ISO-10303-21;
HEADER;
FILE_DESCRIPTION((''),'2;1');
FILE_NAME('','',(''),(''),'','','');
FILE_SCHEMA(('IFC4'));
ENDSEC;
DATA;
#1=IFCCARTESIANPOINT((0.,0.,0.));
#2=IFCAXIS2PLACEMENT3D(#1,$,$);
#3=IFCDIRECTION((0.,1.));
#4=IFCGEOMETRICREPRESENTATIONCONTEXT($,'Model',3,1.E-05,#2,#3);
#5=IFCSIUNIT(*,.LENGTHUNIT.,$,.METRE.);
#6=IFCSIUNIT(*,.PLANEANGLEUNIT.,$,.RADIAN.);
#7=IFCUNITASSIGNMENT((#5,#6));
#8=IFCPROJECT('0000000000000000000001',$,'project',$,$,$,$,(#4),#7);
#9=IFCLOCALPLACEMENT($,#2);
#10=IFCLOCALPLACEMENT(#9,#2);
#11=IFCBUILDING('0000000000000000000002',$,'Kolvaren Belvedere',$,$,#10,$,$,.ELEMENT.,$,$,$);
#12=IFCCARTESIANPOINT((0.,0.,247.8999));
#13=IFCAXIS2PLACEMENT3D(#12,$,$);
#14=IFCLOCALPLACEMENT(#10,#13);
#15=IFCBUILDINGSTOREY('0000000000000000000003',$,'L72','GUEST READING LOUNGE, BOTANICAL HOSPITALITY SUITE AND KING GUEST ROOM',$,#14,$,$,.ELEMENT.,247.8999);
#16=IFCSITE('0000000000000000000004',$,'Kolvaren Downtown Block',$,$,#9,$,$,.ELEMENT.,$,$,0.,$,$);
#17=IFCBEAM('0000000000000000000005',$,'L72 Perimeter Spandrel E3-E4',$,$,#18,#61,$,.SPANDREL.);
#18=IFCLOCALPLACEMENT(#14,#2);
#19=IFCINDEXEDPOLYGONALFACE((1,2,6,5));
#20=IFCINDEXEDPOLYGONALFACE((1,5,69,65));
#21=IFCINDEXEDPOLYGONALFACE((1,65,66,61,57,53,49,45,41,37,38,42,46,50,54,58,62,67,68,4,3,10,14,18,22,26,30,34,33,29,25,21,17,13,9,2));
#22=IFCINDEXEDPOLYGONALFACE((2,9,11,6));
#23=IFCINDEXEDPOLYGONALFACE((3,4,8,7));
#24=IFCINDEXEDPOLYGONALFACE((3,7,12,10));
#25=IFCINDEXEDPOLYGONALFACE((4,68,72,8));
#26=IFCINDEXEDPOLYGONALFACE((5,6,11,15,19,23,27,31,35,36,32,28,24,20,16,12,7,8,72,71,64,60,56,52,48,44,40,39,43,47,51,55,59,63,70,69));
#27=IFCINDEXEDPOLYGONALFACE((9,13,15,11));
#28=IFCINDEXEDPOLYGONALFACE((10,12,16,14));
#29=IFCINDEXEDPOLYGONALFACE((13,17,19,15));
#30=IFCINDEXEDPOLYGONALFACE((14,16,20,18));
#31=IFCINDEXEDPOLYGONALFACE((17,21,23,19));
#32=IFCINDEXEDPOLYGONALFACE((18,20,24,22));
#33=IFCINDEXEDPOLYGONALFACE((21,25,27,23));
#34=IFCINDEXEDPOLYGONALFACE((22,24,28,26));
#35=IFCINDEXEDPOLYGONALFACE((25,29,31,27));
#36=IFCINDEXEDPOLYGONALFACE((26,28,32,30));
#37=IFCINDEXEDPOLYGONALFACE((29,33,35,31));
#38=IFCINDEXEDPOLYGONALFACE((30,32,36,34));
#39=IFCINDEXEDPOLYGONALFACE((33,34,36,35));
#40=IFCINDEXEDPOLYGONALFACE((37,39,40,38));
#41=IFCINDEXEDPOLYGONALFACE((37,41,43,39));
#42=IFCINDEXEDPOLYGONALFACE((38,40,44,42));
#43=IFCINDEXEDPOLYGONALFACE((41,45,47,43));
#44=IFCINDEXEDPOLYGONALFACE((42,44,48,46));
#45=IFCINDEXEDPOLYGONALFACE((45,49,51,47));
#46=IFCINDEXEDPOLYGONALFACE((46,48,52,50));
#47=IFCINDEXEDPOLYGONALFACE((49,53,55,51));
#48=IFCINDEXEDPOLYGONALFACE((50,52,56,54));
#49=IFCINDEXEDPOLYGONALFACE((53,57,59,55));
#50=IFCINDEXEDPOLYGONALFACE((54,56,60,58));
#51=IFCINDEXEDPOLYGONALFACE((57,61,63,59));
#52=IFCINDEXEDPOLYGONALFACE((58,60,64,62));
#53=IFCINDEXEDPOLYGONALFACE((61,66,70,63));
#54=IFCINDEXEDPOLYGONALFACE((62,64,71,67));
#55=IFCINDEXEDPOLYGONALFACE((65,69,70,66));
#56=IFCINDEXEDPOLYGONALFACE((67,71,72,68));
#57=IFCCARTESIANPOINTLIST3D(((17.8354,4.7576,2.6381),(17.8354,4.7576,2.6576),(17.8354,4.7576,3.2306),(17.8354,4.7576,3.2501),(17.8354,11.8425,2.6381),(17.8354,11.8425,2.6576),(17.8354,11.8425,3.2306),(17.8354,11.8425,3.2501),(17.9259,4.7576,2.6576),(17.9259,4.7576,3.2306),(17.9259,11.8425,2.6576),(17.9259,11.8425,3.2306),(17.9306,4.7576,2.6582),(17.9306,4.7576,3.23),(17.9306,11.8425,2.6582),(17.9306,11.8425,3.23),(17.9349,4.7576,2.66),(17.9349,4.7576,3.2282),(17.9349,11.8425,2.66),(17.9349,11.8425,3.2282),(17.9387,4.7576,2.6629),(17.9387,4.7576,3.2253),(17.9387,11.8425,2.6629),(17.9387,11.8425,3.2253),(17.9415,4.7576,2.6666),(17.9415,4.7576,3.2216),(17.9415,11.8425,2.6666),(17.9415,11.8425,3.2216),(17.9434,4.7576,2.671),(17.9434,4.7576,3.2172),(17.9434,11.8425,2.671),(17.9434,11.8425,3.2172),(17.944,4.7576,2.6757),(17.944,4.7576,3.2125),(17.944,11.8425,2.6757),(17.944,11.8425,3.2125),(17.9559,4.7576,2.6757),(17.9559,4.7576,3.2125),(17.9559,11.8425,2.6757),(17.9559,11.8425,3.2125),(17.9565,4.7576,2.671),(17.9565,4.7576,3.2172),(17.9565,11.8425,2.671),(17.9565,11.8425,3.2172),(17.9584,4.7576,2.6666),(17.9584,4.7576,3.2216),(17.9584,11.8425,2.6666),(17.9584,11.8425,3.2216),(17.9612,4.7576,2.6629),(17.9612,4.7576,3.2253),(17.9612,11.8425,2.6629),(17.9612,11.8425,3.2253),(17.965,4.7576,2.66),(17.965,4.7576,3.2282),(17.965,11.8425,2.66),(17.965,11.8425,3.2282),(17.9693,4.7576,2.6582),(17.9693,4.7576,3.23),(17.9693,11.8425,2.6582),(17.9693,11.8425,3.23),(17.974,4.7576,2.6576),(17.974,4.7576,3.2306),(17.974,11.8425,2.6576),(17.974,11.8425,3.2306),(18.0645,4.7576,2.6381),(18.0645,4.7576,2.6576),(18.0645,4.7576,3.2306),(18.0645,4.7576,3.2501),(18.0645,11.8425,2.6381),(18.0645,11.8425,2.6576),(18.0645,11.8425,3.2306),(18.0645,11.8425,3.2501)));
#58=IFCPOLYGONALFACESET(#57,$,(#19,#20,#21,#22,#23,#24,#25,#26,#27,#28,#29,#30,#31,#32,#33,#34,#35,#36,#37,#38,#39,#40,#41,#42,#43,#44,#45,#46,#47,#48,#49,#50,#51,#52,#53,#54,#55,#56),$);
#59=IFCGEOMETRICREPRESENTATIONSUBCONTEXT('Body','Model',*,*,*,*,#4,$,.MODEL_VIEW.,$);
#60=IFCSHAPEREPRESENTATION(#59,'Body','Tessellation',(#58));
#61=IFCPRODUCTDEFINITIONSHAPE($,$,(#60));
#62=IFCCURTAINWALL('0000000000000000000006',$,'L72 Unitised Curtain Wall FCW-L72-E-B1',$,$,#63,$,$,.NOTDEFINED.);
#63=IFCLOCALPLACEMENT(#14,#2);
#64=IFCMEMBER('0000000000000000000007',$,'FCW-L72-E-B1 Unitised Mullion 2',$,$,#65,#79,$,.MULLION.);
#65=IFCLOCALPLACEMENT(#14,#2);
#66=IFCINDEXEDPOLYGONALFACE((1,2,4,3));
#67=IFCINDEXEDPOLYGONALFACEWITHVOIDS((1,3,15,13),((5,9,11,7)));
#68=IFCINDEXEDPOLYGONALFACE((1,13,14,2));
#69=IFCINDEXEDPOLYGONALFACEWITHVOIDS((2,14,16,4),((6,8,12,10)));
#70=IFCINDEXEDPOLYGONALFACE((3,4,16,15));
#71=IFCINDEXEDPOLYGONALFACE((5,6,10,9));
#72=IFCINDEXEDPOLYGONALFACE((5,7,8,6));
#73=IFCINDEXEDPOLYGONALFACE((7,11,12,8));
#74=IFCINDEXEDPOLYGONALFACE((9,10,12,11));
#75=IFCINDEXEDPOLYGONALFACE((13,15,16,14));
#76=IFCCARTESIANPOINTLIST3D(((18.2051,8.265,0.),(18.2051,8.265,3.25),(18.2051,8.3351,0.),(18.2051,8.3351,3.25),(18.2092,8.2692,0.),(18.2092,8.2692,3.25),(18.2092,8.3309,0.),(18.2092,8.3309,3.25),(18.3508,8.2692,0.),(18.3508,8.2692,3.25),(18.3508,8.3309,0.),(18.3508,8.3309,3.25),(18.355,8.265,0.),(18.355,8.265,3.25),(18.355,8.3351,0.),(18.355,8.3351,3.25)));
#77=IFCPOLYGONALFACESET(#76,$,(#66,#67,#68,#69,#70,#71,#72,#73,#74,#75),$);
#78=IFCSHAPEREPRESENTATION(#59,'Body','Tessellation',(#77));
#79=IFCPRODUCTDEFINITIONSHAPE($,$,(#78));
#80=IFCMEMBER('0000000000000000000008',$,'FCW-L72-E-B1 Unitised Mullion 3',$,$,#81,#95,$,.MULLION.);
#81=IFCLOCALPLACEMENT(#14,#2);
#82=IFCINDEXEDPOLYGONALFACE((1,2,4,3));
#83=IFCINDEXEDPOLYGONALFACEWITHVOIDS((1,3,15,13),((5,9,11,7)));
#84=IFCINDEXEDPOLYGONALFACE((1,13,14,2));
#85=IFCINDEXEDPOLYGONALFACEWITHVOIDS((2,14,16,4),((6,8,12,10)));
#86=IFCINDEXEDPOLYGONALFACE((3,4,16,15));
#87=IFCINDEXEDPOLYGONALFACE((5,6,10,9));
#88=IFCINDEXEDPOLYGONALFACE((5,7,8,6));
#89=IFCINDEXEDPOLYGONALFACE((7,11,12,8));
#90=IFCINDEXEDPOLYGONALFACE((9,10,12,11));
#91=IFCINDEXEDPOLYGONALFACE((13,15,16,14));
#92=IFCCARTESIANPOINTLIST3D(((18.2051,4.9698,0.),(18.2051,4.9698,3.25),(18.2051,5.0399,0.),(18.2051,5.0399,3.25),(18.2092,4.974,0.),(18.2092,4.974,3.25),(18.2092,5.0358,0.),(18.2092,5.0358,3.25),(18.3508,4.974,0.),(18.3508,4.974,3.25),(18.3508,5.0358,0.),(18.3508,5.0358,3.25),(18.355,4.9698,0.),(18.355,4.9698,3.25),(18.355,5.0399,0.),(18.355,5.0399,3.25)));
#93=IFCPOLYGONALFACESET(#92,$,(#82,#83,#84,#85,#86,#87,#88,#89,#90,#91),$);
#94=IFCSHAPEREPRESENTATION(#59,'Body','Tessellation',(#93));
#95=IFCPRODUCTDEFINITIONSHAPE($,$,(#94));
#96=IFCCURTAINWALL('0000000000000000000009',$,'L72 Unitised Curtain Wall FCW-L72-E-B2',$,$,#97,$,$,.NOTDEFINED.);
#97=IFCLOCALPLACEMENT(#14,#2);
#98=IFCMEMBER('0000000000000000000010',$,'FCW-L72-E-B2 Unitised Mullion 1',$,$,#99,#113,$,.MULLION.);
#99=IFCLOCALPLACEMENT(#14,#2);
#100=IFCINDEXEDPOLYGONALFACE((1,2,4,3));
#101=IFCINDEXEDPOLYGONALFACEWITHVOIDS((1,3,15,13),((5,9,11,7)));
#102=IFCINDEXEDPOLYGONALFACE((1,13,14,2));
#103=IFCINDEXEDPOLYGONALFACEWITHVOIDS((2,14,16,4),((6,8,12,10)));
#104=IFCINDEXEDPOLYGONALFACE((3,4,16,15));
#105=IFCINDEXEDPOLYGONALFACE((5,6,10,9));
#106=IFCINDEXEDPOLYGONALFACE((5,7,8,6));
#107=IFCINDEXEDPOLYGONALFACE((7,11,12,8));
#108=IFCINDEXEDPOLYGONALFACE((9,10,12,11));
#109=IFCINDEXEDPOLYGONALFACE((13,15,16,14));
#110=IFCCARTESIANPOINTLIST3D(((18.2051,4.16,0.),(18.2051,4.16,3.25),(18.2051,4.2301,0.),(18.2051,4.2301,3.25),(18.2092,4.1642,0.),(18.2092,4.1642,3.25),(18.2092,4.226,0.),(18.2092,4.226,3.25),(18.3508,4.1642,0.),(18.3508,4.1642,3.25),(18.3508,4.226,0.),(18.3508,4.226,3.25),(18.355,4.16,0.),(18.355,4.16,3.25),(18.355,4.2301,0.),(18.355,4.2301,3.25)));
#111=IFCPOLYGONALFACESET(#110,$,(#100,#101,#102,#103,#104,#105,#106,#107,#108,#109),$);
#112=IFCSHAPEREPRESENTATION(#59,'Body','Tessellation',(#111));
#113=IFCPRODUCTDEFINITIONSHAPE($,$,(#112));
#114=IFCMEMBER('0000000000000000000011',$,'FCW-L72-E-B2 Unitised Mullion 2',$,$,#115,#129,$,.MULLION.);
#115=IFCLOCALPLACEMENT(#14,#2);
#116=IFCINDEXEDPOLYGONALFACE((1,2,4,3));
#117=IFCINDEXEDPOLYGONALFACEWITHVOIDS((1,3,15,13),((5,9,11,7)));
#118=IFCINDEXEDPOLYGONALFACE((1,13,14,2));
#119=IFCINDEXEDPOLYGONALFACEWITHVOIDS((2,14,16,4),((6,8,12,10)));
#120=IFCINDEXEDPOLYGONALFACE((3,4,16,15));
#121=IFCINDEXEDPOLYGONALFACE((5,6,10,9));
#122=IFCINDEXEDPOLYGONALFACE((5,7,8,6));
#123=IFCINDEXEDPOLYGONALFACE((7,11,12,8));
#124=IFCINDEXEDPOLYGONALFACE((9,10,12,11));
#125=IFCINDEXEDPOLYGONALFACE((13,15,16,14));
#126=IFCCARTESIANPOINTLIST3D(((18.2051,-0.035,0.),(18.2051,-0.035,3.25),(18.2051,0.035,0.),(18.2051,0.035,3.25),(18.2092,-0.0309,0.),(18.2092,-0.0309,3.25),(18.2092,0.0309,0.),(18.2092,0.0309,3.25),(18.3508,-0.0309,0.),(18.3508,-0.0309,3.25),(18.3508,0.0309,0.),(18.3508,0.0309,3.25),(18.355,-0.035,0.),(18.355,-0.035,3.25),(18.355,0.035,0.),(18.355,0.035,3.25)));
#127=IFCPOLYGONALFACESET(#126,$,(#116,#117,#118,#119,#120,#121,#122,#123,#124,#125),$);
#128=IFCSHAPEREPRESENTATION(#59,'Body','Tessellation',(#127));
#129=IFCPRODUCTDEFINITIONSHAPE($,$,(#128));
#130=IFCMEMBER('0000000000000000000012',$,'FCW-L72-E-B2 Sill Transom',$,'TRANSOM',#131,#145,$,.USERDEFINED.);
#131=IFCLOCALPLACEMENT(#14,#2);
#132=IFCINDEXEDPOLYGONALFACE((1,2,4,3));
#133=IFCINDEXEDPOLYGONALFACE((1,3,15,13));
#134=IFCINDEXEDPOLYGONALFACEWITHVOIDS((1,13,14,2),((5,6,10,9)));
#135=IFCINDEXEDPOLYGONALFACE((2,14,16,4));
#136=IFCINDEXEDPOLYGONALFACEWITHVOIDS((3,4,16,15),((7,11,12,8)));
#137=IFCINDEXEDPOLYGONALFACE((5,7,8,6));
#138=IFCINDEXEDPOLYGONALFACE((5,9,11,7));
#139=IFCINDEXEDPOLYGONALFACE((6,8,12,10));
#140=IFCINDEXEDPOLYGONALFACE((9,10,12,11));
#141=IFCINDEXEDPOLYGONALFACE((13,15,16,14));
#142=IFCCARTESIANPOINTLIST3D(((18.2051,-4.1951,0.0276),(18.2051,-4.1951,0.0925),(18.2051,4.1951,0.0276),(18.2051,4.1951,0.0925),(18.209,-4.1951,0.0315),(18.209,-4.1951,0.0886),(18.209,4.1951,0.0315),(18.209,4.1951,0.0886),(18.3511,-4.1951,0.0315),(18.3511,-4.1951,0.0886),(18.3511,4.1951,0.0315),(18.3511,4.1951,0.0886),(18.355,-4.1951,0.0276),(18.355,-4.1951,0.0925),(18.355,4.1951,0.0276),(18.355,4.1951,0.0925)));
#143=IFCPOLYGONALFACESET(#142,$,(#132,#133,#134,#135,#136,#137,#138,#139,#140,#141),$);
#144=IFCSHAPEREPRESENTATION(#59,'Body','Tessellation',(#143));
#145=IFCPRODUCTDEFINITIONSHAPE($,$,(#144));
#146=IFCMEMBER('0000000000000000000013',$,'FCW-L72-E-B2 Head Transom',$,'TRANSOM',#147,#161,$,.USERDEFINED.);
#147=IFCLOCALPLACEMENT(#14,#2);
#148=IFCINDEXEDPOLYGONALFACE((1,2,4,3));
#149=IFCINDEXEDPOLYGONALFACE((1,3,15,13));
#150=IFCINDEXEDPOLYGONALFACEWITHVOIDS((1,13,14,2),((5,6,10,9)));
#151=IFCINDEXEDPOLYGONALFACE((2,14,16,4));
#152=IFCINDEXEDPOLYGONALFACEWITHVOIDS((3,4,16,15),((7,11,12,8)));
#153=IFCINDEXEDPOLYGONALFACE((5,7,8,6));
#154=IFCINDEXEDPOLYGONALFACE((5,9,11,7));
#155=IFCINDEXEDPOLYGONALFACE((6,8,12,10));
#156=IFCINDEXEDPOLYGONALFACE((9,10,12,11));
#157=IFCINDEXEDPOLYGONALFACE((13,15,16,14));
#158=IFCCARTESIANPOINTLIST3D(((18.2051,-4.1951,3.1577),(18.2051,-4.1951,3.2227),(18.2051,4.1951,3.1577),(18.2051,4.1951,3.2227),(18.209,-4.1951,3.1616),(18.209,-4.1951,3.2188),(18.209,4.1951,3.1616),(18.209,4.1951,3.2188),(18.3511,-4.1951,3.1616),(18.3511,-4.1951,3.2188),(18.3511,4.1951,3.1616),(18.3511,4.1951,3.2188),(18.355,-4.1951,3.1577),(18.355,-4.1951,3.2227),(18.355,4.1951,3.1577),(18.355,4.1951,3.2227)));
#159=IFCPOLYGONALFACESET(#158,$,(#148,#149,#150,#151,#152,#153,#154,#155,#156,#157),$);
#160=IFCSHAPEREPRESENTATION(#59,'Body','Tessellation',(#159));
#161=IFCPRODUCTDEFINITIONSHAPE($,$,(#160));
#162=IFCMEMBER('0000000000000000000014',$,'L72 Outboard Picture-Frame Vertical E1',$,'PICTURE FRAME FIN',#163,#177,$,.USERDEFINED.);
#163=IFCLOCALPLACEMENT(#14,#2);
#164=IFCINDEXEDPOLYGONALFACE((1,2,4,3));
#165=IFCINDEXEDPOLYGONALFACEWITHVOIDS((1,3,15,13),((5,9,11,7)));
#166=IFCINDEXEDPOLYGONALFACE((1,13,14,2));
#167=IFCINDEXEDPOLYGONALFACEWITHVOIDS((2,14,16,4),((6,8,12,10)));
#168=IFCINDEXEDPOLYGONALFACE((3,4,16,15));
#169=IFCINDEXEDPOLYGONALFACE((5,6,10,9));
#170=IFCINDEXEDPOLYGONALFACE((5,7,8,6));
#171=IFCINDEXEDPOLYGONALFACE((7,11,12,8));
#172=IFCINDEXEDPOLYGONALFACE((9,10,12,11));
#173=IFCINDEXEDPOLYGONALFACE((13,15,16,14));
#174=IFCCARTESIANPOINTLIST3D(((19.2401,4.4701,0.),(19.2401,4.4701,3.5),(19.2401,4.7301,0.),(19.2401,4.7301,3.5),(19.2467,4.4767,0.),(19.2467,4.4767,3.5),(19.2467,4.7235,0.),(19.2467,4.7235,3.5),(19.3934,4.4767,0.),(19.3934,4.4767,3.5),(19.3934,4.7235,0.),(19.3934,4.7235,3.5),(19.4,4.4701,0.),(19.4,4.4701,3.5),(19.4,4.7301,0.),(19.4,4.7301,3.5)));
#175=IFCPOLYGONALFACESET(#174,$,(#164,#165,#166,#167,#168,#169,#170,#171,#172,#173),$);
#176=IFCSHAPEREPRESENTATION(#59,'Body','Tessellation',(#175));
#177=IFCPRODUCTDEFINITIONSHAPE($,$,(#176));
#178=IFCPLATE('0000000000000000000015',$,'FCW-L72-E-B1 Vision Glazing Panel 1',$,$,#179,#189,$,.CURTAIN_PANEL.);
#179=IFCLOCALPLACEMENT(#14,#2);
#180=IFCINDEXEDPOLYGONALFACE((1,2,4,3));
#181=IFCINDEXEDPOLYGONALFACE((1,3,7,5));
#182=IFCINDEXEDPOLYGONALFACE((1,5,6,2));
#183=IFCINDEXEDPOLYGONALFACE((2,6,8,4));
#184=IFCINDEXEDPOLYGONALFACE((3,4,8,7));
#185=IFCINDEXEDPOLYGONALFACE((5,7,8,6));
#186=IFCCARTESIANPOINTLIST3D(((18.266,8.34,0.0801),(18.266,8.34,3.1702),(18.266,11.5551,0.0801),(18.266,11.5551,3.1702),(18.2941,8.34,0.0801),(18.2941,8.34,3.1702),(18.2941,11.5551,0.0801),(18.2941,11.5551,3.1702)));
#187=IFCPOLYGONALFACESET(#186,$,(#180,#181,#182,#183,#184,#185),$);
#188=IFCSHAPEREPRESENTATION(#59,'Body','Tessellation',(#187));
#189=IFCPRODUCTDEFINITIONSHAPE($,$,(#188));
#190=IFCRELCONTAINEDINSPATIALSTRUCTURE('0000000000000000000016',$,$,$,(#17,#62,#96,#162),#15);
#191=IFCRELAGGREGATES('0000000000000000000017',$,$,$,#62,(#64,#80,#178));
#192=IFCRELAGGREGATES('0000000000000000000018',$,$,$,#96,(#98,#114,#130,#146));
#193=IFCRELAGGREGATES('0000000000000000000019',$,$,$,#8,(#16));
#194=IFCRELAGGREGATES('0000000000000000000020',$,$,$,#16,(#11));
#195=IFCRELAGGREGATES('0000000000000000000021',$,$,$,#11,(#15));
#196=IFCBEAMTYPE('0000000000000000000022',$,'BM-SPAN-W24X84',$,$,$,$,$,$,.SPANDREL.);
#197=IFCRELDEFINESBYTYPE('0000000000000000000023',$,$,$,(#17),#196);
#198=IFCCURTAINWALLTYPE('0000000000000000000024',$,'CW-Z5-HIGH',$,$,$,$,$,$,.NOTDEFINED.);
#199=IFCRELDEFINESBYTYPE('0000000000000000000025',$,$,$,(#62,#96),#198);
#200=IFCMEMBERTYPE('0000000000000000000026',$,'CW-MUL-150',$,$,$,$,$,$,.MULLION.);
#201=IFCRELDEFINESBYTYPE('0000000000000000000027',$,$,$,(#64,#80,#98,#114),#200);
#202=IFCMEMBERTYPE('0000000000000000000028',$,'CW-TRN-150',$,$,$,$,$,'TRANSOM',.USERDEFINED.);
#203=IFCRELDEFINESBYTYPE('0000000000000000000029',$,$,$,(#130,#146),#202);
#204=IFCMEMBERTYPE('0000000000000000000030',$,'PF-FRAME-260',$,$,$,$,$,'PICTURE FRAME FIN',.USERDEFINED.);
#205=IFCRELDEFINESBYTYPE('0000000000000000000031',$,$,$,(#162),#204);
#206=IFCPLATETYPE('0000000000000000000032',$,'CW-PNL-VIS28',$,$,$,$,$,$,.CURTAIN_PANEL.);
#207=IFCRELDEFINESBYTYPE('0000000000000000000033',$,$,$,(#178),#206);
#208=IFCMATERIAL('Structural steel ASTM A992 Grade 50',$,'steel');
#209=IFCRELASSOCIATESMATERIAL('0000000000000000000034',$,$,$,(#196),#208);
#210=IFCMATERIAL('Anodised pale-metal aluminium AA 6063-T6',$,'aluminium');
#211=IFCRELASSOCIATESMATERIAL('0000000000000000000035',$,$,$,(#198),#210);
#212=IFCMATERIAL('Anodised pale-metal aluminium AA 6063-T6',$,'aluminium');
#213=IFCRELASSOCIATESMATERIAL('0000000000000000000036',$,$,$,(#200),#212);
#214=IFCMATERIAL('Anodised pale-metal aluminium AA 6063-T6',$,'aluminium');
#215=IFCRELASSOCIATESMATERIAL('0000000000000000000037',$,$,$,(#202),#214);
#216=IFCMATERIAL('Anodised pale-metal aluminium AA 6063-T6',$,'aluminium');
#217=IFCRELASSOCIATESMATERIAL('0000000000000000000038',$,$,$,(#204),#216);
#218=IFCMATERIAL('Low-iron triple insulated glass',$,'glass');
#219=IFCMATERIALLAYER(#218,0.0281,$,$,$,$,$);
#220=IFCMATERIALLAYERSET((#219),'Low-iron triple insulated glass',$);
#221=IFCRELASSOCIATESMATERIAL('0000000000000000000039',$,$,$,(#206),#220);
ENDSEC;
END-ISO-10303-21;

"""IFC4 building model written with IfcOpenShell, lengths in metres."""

from ifc_helpers import new_model, si_unit, direction, frame, origin, origin_2d, place, context, subcontext, project, spatial, rectangle, hollow_rectangle, i_section, extrude, material, layer, layer_set, material_profile, profile_set, type_object, element, aggregate, save


model = new_model("IFC4")

# Units and contexts
model_context = context("Model", 3, precision=1e-05, world=origin(), true_north=direction((0.0, 1.0)))
body_context = subcontext(model_context, "Body", "Model", "MODEL_VIEW")
ifc_project = project(units=[si_unit("LENGTHUNIT", "METRE"), si_unit("PLANEANGLEUNIT", "RADIAN")], contexts=[model_context])

# Site, building, storey
site_placement = place(None, origin())
site = spatial("IfcSite", under=ifc_project, at=site_placement, Name="Kolvaren Downtown Block", CompositionType="ELEMENT", RefElevation=0.0)
building_placement = place(site_placement, origin())
building = spatial("IfcBuilding", under=site, at=building_placement, Name="Kolvaren Belvedere", CompositionType="ELEMENT")
storey_placement = place(building_placement, frame((0.0, 0.0, 247.8999)))
storey = spatial("IfcBuildingStorey", under=building, at=storey_placement, Name="L72", Description="GUEST READING LOUNGE, BOTANICAL HOSPITALITY SUITE AND KING GUEST ROOM", CompositionType="ELEMENT", Elevation=247.8999)

# Beam
ifc_material_1 = material(Name="Structural steel ASTM A992 Grade 50", Category="steel")
ifc_material_profile_1 = material_profile(ifc_material_1, i_section(OverallWidth=0.229, OverallDepth=0.6121, WebThickness=0.012, FlangeThickness=0.0195, FilletRadius=0.0181, at=origin_2d()), Name="W24X84")
ifc_profile_set_1 = profile_set([ifc_material_profile_1], Name="Structural steel ASTM A992 Grade 50")
beam_type_1 = type_object("IfcBeamType", Name="BM-SPAN-W24X84", PredefinedType="SPANDREL", material=ifc_profile_set_1)
beam_1_placement = place(storey_placement, frame((17.95, 4.7576, 2.9441), z_axis=(0.0, 1.0, 0.0), x_axis=(-1.0, 0.0, 0.0)))
element("IfcBeam", 1, at=beam_1_placement, inside=storey, type_object=beam_type_1, Name="L72 Perimeter Spandrel E3-E4", PredefinedType="SPANDREL", context=body_context, shape_type="SweptSolid", body=[
    extrude(i_section(OverallWidth=0.229, OverallDepth=0.6121, WebThickness=0.012, FlangeThickness=0.0195, FilletRadius=0.0181, at=origin_2d()), origin(), (0.0, 0.0, 1.0), 7.085),
])

# Curtain walls, members
ifc_material_2 = material(Name="Anodised pale-metal aluminium AA 6063-T6", Category="aluminium")
curtain_wall_type = type_object("IfcCurtainWallType", Name="CW-Z5-HIGH", PredefinedType="NOTDEFINED", material=ifc_material_2)
curtain_wall_1_placement = place(storey_placement, origin())
curtain_wall_1 = element("IfcCurtainWall", 2, at=curtain_wall_1_placement, inside=storey, type_object=curtain_wall_type, Name="L72 Unitised Curtain Wall FCW-L72-E-B1", PredefinedType="NOTDEFINED")
ifc_material_3 = material(Name="Anodised pale-metal aluminium AA 6063-T6", Category="aluminium")
ifc_material_profile_2 = material_profile(ifc_material_3, hollow_rectangle(XDim=0.0701, YDim=0.1499, WallThickness=0.0042, at=origin_2d()), Name="ALU-MUL-150X70")
ifc_profile_set_2 = profile_set([ifc_material_profile_2], Name="Anodised pale-metal aluminium AA 6063-T6")
member_type_1 = type_object("IfcMemberType", Name="CW-MUL-150", PredefinedType="MULLION", material=ifc_profile_set_2)
member_1_placement = place(storey_placement, frame((18.28, 8.3, 0.0), z_axis=(0.0, 0.0, 1.0), x_axis=(0.0, 1.0, 0.0)))
member_1 = element("IfcMember", 3, at=member_1_placement, type_object=member_type_1, Name="FCW-L72-E-B1 Unitised Mullion 2", PredefinedType="MULLION", context=body_context, shape_type="SweptSolid", body=[
    extrude(hollow_rectangle(XDim=0.0701, YDim=0.1499, WallThickness=0.0042, at=origin_2d()), origin(), (0.0, 0.0, 1.0), 3.25),
])
member_2_placement = place(storey_placement, frame((18.28, 5.0049, 0.0), z_axis=(0.0, 0.0, 1.0), x_axis=(0.0, 1.0, 0.0)))
member_2 = element("IfcMember", 4, at=member_2_placement, type_object=member_type_1, Name="FCW-L72-E-B1 Unitised Mullion 3", PredefinedType="MULLION", context=body_context, shape_type="SweptSolid", body=[
    extrude(hollow_rectangle(XDim=0.0701, YDim=0.1499, WallThickness=0.0042, at=origin_2d()), origin(), (0.0, 0.0, 1.0), 3.25),
])
curtain_wall_2_placement = place(storey_placement, origin())
curtain_wall_2 = element("IfcCurtainWall", 5, at=curtain_wall_2_placement, inside=storey, type_object=curtain_wall_type, Name="L72 Unitised Curtain Wall FCW-L72-E-B2", PredefinedType="NOTDEFINED")
member_3_placement = place(storey_placement, frame((18.28, 4.1951, 0.0), z_axis=(0.0, 0.0, 1.0), x_axis=(0.0, 1.0, 0.0)))
member_3 = element("IfcMember", 6, at=member_3_placement, type_object=member_type_1, Name="FCW-L72-E-B2 Unitised Mullion 1", PredefinedType="MULLION", context=body_context, shape_type="SweptSolid", body=[
    extrude(hollow_rectangle(XDim=0.0701, YDim=0.1499, WallThickness=0.0042, at=origin_2d()), origin(), (0.0, 0.0, 1.0), 3.25),
])
member_4_placement = place(storey_placement, frame((18.28, 0.0, 0.0), z_axis=(0.0, 0.0, 1.0), x_axis=(0.0, 1.0, 0.0)))
member_4 = element("IfcMember", 7, at=member_4_placement, type_object=member_type_1, Name="FCW-L72-E-B2 Unitised Mullion 2", PredefinedType="MULLION", context=body_context, shape_type="SweptSolid", body=[
    extrude(hollow_rectangle(XDim=0.0701, YDim=0.1499, WallThickness=0.0042, at=origin_2d()), origin(), (0.0, 0.0, 1.0), 3.25),
])
ifc_material_4 = material(Name="Anodised pale-metal aluminium AA 6063-T6", Category="aluminium")
ifc_material_profile_3 = material_profile(ifc_material_4, hollow_rectangle(XDim=0.0649, YDim=0.1499, WallThickness=0.0039, at=origin_2d()), Name="ALU-TRN-150X65")
ifc_profile_set_3 = profile_set([ifc_material_profile_3], Name="Anodised pale-metal aluminium AA 6063-T6")
member_type_2 = type_object("IfcMemberType", Name="CW-TRN-150", ElementType="TRANSOM", PredefinedType="USERDEFINED", material=ifc_profile_set_3)
member_5_placement = place(storey_placement, frame((18.28, 4.1951, 0.0601), z_axis=(0.0, -1.0, 0.0), x_axis=(0.0, 0.0, 1.0)))
member_5 = element("IfcMember", 8, at=member_5_placement, type_object=member_type_2, Name="FCW-L72-E-B2 Sill Transom", ObjectType="TRANSOM", PredefinedType="USERDEFINED", context=body_context, shape_type="SweptSolid", body=[
    extrude(hollow_rectangle(XDim=0.0649, YDim=0.1499, WallThickness=0.0039, at=origin_2d()), origin(), (0.0, 0.0, 1.0), 8.3901),
])
member_6_placement = place(storey_placement, frame((18.28, 4.1951, 3.1902), z_axis=(0.0, -1.0, 0.0), x_axis=(0.0, 0.0, 1.0)))
member_6 = element("IfcMember", 9, at=member_6_placement, type_object=member_type_2, Name="FCW-L72-E-B2 Head Transom", ObjectType="TRANSOM", PredefinedType="USERDEFINED", context=body_context, shape_type="SweptSolid", body=[
    extrude(hollow_rectangle(XDim=0.0649, YDim=0.1499, WallThickness=0.0039, at=origin_2d()), origin(), (0.0, 0.0, 1.0), 8.3901),
])

# Member
ifc_material_5 = material(Name="Anodised pale-metal aluminium AA 6063-T6", Category="aluminium")
ifc_material_profile_4 = material_profile(ifc_material_5, hollow_rectangle(XDim=0.1599, YDim=0.26, WallThickness=0.0066, at=origin_2d()), Name="ALU-PF-260X160")
ifc_profile_set_4 = profile_set([ifc_material_profile_4], Name="Anodised pale-metal aluminium AA 6063-T6")
member_type_3 = type_object("IfcMemberType", Name="PF-FRAME-260", ElementType="PICTURE FRAME FIN", PredefinedType="USERDEFINED", material=ifc_profile_set_4)
member_7_placement = place(storey_placement, frame((19.3201, 4.6001, 0.0), z_axis=(0.0, 0.0, 1.0), x_axis=(1.0, 0.0, 0.0)))
element("IfcMember", 10, at=member_7_placement, inside=storey, type_object=member_type_3, Name="L72 Outboard Picture-Frame Vertical E1", ObjectType="PICTURE FRAME FIN", PredefinedType="USERDEFINED", context=body_context, shape_type="SweptSolid", body=[
    extrude(hollow_rectangle(XDim=0.1599, YDim=0.26, WallThickness=0.0066, at=origin_2d()), origin(), (0.0, 0.0, 1.0), 3.5),
])

# Plate
ifc_material_6 = material(Name="Low-iron triple insulated glass", Category="glass")
ifc_layer_1 = layer(ifc_material_6, 0.0281)
ifc_layer_set_1 = layer_set([ifc_layer_1], Name="Low-iron triple insulated glass")
plate_type_1 = type_object("IfcPlateType", Name="CW-PNL-VIS28", PredefinedType="CURTAIN_PANEL", material=ifc_layer_set_1)
plate_1_placement = place(storey_placement, frame((18.28, 9.9475, 0.0801), z_axis=(0.0, 0.0, 1.0), x_axis=(0.0, -1.0, 0.0)))
plate_1 = element("IfcPlate", 11, at=plate_1_placement, type_object=plate_type_1, Name="FCW-L72-E-B1 Vision Glazing Panel 1", PredefinedType="CURTAIN_PANEL", context=body_context, shape_type="SweptSolid", body=[
    extrude(rectangle(XDim=3.2151, YDim=0.0281, at=origin_2d()), origin(), (0.0, 0.0, 1.0), 3.0901),
])
aggregate(curtain_wall_1, [member_1, member_2, plate_1])
aggregate(curtain_wall_2, [member_3, member_4, member_5, member_6])

save(model, "model.ifc")
